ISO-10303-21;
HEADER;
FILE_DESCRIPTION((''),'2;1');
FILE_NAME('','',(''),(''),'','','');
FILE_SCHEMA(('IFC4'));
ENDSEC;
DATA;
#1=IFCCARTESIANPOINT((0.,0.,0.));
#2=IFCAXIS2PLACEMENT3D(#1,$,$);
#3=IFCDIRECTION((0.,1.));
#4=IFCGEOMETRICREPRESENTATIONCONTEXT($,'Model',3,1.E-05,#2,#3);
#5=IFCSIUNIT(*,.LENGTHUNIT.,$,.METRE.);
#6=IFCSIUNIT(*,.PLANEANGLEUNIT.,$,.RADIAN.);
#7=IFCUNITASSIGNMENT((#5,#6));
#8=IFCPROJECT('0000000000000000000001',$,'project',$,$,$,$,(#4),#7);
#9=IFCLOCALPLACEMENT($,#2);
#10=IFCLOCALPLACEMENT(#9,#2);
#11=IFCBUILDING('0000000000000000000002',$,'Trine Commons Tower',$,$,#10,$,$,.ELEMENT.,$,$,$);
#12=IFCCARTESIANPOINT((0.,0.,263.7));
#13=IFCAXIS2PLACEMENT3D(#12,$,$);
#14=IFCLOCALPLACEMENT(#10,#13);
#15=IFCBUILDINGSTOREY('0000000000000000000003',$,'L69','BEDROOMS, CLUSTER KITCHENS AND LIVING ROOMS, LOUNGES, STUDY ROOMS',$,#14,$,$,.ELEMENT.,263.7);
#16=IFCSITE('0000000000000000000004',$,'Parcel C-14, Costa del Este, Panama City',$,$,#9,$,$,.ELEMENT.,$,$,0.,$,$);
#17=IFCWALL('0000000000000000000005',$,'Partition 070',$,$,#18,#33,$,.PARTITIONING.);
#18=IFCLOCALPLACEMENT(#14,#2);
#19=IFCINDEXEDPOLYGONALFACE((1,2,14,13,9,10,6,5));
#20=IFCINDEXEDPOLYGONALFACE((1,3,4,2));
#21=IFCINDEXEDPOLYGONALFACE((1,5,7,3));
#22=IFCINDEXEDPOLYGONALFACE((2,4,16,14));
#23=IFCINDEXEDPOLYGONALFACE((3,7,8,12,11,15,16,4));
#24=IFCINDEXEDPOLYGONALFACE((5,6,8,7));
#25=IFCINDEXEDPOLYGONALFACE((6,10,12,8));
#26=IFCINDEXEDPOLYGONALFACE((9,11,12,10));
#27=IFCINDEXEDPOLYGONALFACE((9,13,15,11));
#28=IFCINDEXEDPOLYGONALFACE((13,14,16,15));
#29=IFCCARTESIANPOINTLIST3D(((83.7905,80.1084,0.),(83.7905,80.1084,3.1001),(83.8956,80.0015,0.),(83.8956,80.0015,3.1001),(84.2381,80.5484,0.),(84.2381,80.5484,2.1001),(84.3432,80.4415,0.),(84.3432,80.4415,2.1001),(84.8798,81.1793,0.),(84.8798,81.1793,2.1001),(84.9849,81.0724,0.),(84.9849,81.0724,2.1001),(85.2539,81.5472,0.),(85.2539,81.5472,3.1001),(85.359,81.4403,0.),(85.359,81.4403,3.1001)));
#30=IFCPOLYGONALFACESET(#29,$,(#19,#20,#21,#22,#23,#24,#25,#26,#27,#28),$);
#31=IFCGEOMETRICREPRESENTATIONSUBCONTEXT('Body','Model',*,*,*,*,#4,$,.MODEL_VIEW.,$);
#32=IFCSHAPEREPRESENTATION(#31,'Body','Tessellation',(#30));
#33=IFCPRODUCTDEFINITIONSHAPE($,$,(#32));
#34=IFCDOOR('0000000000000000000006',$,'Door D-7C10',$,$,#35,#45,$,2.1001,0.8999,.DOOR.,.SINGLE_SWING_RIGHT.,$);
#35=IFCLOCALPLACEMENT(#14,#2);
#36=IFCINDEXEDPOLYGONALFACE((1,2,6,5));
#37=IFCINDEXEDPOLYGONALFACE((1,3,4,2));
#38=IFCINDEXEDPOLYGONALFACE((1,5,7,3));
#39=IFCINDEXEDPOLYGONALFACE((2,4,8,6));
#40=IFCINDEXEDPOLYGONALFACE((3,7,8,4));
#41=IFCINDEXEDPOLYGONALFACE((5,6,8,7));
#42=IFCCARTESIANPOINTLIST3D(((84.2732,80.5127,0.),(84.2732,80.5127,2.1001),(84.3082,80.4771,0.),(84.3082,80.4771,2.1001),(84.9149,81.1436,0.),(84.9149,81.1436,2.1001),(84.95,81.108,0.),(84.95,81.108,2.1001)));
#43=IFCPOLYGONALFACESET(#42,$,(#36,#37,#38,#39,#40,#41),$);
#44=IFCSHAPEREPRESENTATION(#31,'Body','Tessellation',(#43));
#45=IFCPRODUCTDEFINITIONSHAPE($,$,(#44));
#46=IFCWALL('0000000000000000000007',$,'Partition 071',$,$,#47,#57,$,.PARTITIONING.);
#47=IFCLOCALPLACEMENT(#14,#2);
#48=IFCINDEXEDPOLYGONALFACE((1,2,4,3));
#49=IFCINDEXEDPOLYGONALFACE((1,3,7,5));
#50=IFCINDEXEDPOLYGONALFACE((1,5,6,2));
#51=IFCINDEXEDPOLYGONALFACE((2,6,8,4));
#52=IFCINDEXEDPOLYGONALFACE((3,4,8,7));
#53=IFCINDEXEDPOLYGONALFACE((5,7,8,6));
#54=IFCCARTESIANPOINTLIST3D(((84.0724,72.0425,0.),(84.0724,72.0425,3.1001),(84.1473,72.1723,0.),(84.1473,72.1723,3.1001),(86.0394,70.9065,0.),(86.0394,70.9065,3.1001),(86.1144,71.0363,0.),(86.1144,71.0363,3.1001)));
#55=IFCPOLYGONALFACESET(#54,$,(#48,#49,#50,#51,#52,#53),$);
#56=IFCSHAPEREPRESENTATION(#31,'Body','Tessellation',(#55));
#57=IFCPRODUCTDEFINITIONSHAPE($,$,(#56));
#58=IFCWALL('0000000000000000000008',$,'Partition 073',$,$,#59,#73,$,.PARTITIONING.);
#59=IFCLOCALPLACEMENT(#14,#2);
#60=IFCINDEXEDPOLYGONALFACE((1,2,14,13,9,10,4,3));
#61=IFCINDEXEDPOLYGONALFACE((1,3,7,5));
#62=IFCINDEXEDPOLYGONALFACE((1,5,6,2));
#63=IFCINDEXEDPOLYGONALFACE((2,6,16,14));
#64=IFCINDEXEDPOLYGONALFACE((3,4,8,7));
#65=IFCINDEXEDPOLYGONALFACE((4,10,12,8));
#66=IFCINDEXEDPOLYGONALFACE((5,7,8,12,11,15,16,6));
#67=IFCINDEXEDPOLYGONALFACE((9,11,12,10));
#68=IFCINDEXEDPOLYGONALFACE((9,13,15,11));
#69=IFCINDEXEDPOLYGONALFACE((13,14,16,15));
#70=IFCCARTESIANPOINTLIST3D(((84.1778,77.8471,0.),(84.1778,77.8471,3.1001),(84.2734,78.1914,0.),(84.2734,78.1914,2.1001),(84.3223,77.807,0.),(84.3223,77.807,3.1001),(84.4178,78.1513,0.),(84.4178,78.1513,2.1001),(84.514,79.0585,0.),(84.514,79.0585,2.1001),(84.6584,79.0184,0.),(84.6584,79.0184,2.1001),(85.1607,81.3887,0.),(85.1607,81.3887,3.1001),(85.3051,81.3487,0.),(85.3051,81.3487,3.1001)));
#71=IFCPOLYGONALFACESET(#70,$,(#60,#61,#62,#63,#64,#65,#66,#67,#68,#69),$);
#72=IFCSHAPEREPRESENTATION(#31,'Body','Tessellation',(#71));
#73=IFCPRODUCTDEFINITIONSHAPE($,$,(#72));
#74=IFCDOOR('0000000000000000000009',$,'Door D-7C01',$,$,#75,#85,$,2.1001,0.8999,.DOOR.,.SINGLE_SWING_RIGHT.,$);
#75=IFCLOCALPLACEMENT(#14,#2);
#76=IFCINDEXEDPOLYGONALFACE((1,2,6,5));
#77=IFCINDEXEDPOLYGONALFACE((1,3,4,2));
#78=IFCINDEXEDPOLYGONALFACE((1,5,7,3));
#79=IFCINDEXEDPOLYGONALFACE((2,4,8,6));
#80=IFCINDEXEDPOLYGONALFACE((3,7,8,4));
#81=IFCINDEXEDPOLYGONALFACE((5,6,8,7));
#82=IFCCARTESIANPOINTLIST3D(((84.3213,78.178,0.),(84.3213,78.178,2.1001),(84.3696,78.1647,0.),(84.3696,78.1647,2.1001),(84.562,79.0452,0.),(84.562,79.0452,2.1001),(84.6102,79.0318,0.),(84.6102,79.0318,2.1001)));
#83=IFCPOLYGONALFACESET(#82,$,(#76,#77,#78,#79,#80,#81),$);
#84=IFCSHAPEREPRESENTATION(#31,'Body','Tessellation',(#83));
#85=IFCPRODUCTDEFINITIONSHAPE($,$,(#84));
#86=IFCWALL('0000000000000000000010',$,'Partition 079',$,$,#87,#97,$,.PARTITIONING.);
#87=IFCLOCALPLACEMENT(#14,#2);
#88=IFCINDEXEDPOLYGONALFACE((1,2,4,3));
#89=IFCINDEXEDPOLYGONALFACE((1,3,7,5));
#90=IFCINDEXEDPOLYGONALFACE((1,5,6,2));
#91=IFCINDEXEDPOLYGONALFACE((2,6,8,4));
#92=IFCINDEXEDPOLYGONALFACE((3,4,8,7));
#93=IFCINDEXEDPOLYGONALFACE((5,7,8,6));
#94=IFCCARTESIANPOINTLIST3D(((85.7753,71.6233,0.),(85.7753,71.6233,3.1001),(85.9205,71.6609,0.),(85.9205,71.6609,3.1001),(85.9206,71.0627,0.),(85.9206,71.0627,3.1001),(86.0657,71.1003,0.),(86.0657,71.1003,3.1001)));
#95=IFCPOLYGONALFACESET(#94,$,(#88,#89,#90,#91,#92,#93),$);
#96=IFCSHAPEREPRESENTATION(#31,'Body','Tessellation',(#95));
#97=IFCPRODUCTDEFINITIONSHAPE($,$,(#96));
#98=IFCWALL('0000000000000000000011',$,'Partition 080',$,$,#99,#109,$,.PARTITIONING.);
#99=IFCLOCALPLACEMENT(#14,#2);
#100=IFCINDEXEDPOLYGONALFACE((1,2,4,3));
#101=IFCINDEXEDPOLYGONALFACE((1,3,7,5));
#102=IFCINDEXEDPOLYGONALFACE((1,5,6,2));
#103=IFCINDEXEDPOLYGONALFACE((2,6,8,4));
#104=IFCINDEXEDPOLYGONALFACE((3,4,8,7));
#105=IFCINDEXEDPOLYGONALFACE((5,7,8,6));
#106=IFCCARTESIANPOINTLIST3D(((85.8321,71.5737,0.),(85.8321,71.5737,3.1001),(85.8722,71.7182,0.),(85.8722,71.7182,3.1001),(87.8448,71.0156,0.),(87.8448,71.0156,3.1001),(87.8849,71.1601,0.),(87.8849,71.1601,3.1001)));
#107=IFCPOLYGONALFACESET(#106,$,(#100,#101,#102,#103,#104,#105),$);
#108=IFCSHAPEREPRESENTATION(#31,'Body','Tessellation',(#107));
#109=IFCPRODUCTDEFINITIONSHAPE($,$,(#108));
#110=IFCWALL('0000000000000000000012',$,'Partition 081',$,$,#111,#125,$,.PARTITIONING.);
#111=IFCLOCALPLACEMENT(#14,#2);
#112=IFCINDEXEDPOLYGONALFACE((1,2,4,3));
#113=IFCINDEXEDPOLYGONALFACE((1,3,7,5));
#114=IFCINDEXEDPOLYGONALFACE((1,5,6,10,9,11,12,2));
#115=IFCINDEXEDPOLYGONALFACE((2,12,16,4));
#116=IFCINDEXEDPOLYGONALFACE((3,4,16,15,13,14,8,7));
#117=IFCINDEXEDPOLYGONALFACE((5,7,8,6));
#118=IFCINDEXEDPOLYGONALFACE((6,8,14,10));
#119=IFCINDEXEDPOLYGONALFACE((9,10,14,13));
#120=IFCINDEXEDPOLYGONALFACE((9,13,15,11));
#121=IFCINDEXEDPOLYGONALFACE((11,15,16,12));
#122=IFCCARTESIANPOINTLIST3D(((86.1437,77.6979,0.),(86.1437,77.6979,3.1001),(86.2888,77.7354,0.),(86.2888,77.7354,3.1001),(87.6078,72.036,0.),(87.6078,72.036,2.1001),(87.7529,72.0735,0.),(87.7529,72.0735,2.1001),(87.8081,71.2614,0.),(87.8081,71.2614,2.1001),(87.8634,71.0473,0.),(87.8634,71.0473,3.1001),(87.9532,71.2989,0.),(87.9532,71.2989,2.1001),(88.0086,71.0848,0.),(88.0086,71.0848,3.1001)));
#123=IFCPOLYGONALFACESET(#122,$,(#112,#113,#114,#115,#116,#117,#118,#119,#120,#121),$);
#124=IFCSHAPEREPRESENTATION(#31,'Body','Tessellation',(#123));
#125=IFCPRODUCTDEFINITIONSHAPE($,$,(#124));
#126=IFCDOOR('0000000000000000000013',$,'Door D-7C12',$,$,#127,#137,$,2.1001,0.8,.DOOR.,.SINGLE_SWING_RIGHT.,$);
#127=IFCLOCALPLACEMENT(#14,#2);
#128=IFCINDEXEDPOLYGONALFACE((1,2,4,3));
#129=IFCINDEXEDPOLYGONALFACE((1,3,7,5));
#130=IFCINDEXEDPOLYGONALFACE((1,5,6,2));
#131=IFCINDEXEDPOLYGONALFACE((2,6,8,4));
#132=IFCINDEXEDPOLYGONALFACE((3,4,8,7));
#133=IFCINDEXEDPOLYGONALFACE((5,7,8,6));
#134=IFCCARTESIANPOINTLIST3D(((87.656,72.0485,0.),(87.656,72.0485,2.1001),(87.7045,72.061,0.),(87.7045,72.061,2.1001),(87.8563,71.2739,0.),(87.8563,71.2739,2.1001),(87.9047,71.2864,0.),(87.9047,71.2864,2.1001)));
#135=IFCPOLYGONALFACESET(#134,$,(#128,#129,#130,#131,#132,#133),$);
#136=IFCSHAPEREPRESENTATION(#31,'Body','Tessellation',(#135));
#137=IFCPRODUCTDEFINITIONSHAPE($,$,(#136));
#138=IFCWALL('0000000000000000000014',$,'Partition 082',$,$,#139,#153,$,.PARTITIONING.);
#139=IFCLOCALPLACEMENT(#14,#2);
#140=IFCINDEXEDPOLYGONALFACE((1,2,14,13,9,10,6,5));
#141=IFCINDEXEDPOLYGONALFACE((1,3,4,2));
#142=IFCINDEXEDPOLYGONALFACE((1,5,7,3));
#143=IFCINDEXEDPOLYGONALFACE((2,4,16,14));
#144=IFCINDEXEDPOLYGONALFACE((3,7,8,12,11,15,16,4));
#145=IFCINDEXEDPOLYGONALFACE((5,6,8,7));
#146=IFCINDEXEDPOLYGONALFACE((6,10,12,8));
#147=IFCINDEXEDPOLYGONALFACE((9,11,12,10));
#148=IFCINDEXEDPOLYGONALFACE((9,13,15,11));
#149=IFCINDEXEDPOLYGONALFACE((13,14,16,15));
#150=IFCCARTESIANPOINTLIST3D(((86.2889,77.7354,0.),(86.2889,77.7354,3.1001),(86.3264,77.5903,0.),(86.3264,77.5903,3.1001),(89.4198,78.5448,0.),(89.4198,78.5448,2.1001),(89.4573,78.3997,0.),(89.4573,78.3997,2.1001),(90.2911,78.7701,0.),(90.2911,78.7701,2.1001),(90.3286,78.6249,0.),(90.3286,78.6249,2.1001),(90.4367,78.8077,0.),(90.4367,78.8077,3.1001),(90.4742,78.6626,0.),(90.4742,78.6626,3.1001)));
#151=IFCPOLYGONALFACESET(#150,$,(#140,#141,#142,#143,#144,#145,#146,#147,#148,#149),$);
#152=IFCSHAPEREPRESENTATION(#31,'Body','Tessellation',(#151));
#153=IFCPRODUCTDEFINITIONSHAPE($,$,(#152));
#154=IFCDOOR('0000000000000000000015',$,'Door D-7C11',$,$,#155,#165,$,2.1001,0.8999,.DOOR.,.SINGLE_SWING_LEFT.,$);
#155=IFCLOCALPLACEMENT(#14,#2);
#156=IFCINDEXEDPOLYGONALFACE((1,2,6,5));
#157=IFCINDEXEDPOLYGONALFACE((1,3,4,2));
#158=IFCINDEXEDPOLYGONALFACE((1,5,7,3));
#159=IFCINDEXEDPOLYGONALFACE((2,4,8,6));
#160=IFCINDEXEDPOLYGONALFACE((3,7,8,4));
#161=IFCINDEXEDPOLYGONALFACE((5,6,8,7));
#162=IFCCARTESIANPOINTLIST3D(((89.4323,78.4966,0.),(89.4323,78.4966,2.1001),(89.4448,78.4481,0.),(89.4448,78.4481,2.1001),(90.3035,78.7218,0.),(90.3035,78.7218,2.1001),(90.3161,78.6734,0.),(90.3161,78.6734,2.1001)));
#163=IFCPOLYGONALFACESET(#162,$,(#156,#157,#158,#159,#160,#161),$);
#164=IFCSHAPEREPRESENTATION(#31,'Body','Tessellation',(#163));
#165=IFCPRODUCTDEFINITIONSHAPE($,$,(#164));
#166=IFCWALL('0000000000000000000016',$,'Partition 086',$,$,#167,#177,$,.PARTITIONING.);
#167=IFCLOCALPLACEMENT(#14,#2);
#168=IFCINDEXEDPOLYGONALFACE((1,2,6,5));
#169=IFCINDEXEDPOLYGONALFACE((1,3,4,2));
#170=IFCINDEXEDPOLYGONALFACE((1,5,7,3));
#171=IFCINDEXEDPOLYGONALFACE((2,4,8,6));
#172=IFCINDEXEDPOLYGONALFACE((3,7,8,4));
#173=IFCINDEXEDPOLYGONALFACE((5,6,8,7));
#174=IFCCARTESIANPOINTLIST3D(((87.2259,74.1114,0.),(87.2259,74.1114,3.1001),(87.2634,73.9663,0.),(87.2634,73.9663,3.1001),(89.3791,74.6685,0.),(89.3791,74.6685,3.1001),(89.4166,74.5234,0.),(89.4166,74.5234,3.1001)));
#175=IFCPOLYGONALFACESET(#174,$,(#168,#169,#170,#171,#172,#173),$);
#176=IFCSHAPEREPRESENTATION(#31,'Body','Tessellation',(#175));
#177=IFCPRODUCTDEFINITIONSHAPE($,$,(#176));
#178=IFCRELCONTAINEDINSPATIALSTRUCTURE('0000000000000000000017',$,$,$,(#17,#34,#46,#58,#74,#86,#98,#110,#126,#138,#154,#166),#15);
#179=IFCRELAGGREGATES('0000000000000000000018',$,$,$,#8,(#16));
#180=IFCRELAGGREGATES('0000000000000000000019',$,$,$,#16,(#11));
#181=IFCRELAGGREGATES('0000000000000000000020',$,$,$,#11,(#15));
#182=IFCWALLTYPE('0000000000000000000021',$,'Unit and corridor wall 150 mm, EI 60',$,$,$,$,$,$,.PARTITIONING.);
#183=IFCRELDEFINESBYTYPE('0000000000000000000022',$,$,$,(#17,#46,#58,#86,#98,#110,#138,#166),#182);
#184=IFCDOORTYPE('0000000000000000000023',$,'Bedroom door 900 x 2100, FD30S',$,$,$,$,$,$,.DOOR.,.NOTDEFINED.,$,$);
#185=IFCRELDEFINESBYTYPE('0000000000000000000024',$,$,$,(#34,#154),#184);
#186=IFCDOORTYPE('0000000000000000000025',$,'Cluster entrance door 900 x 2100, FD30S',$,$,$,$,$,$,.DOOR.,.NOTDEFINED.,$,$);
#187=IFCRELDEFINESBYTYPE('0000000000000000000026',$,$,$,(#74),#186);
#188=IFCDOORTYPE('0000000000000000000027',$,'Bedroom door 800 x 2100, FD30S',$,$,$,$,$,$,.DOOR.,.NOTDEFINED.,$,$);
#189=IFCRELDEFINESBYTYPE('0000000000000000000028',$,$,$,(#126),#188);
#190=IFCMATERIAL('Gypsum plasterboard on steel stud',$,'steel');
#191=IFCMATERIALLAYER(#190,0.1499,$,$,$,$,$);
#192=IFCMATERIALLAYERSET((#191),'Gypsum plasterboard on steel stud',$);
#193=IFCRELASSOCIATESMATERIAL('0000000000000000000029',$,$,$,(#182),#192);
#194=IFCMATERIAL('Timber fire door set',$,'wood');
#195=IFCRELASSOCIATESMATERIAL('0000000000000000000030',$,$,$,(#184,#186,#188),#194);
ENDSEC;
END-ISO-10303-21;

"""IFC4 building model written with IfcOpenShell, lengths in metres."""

from ifc_helpers import new_model, si_unit, direction, frame, frame_2d, origin, place, context, subcontext, project, spatial, rectangle, extrude, material, layer, layer_set, type_object, element, fill, save


model = new_model("IFC4")

# Units and contexts
model_context = context("Model", 3, precision=1e-05, world=origin(), true_north=direction((0.0, 1.0)))
body_context = subcontext(model_context, "Body", "Model", "MODEL_VIEW")
ifc_project = project(units=[si_unit("LENGTHUNIT", "METRE"), si_unit("PLANEANGLEUNIT", "RADIAN")], contexts=[model_context])

# Site, building, storey
site_placement = place(None, origin())
site = spatial("IfcSite", under=ifc_project, at=site_placement, Name="Parcel C-14, Costa del Este, Panama City", CompositionType="ELEMENT", RefElevation=0.0)
building_placement = place(site_placement, origin())
building = spatial("IfcBuilding", under=site, at=building_placement, Name="Trine Commons Tower", CompositionType="ELEMENT")
storey_placement = place(building_placement, frame((0.0, 0.0, 263.7)))
storey = spatial("IfcBuildingStorey", under=building, at=storey_placement, Name="L69", Description="BEDROOMS, CLUSTER KITCHENS AND LIVING ROOMS, LOUNGES, STUDY ROOMS", CompositionType="ELEMENT", Elevation=263.7)

# Shared definitions
ifc_material_1 = material(Name="Gypsum plasterboard on steel stud", Category="steel")
ifc_layer_1 = layer(ifc_material_1, 0.1499)
ifc_layer_set_1 = layer_set([ifc_layer_1], Name="Gypsum plasterboard on steel stud")
wall_type_1 = type_object("IfcWallType", Name="Unit and corridor wall 150 mm, EI 60", PredefinedType="PARTITIONING", material=ifc_layer_set_1)

# Wall, opening, door
wall_1_placement = place(storey_placement, frame((83.843, 80.0549, 0.0), z_axis=(0.0, 0.0, 1.0), x_axis=(0.713089, 0.701073, 0.0)))
wall_1 = element("IfcWall", 1, at=wall_1_placement, inside=storey, type_object=wall_type_1, Name="Partition 070", PredefinedType="PARTITIONING", context=body_context, shape_type="SweptSolid", body=[
    extrude(rectangle(XDim=2.0522, YDim=0.1499, at=frame_2d((1.0261, 0.0))), origin(), (0.0, 0.0, 1.0), 3.1001),
])
opening_1_placement = place(wall_1_placement, frame((0.6277, 0.0, 0.0)))
opening_1 = element("IfcOpeningElement", 2, at=opening_1_placement, cuts=wall_1, PredefinedType="OPENING", context=body_context, shape_type="SweptSolid", body=[
    extrude(rectangle(XDim=0.8999, YDim=2.1001, at=frame_2d((0.45, 1.05))), frame((0.0, 0.085, 0.0), z_axis=(0.0, -1.0, 0.0), x_axis=(1.0, 0.0, 0.0)), (0.0, 0.0, 1.0), 0.1699),
])
ifc_material_2 = material(Name="Timber fire door set", Category="wood")
door_type_1 = type_object("IfcDoorType", Name="Bedroom door 900 x 2100, FD30S", OperationType="NOTDEFINED", PredefinedType="DOOR", material=ifc_material_2)
door_1_placement = place(opening_1_placement, origin())
door_1 = element("IfcDoor", 3, at=door_1_placement, inside=storey, type_object=door_type_1, Name="Door D-7C10", OperationType="SINGLE_SWING_RIGHT", OverallHeight=2.1001, OverallWidth=0.8999, PredefinedType="DOOR", context=body_context, shape_type="SweptSolid", body=[
    extrude(rectangle(XDim=0.8999, YDim=2.1001, at=frame_2d((0.45, 1.05))), frame((0.0, 0.0249, 0.0), z_axis=(0.0, -1.0, 0.0), x_axis=(1.0, 0.0, 0.0)), (0.0, 0.0, 1.0), 0.05),
])
fill(opening_1, door_1)

# Wall
wall_2_placement = place(storey_placement, frame((84.1099, 72.1074, 0.0), z_axis=(0.0, 0.0, 1.0), x_axis=(0.865965, -0.500104, 0.0)))
element("IfcWall", 4, at=wall_2_placement, inside=storey, type_object=wall_type_1, Name="Partition 071", PredefinedType="PARTITIONING", context=body_context, shape_type="SweptSolid", body=[
    extrude(rectangle(XDim=2.2715, YDim=0.1499, at=frame_2d((1.1357, 0.0))), origin(), (0.0, 0.0, 1.0), 3.1001),
])

# Wall, opening, door
wall_3_placement = place(storey_placement, frame((84.25, 77.8269, 0.0), z_axis=(0.0, 0.0, 1.0), x_axis=(0.267414, 0.963582, 0.0)))
wall_3 = element("IfcWall", 5, at=wall_3_placement, inside=storey, type_object=wall_type_1, Name="Partition 073", PredefinedType="PARTITIONING", context=body_context, shape_type="SweptSolid", body=[
    extrude(rectangle(XDim=3.6755, YDim=0.1499, at=frame_2d((1.8379, 0.0))), origin(), (0.0, 0.0, 1.0), 3.1001),
])
opening_2_placement = place(wall_3_placement, frame((0.3574, 0.0, 0.0)))
opening_2 = element("IfcOpeningElement", 6, at=opening_2_placement, cuts=wall_3, PredefinedType="OPENING", context=body_context, shape_type="SweptSolid", body=[
    extrude(rectangle(XDim=0.8999, YDim=2.1001, at=frame_2d((0.45, 1.05))), frame((0.0, 0.085, 0.0), z_axis=(0.0, -1.0, 0.0), x_axis=(1.0, 0.0, 0.0)), (0.0, 0.0, 1.0), 0.1699),
])
door_type_2 = type_object("IfcDoorType", Name="Cluster entrance door 900 x 2100, FD30S", OperationType="NOTDEFINED", PredefinedType="DOOR", material=ifc_material_2)
door_2_placement = place(opening_2_placement, frame((0.8999, 0.0, 0.0), z_axis=(0.0, 0.0, 1.0), x_axis=(-1.0, 0.0, 0.0)))
door_2 = element("IfcDoor", 7, at=door_2_placement, inside=storey, type_object=door_type_2, Name="Door D-7C01", OperationType="SINGLE_SWING_RIGHT", OverallHeight=2.1001, OverallWidth=0.8999, PredefinedType="DOOR", context=body_context, shape_type="SweptSolid", body=[
    extrude(rectangle(XDim=0.8999, YDim=2.1001, at=frame_2d((0.45, 1.05))), frame((0.0, 0.0249, 0.0), z_axis=(0.0, -1.0, 0.0), x_axis=(1.0, 0.0, 0.0)), (0.0, 0.0, 1.0), 0.05),
])
fill(opening_2, door_2)

# Walls
wall_4_placement = place(storey_placement, frame((85.8479, 71.6421, 0.0), z_axis=(0.0, 0.0, 1.0), x_axis=(0.25086, -0.968023, 0.0)))
element("IfcWall", 8, at=wall_4_placement, inside=storey, type_object=wall_type_1, Name="Partition 079", PredefinedType="PARTITIONING", context=body_context, shape_type="SweptSolid", body=[
    extrude(rectangle(XDim=0.5791, YDim=0.1499, at=frame_2d((0.2896, 0.0))), origin(), (0.0, 0.0, 1.0), 3.1001),
])
wall_5_placement = place(storey_placement, frame((85.8521, 71.646, 0.0), z_axis=(0.0, 0.0, 1.0), x_axis=(0.963638, -0.26721, 0.0)))
element("IfcWall", 9, at=wall_5_placement, inside=storey, type_object=wall_type_1, Name="Partition 080", PredefinedType="PARTITIONING", context=body_context, shape_type="SweptSolid", body=[
    extrude(rectangle(XDim=2.0886, YDim=0.1499, at=frame_2d((1.0444, 0.0))), origin(), (0.0, 0.0, 1.0), 3.1001),
])

# Walls, openings, doors
wall_6_placement = place(storey_placement, frame((86.2163, 77.7166, 0.0), z_axis=(0.0, 0.0, 1.0), x_axis=(0.250347, -0.968156, 0.0)))
wall_6 = element("IfcWall", 10, at=wall_6_placement, inside=storey, type_object=wall_type_1, Name="Partition 081", PredefinedType="PARTITIONING", context=body_context, shape_type="SweptSolid", body=[
    extrude(rectangle(XDim=6.8694, YDim=0.1499, at=frame_2d((3.4346, 0.0))), origin(), (0.0, 0.0, 1.0), 3.1001),
])
opening_3_placement = place(wall_6_placement, frame((5.8481, 0.0, 0.0)))
opening_3 = element("IfcOpeningElement", 11, at=opening_3_placement, cuts=wall_6, PredefinedType="OPENING", context=body_context, shape_type="SweptSolid", body=[
    extrude(rectangle(XDim=0.8, YDim=2.1001, at=frame_2d((0.3999, 1.05))), frame((0.0, 0.085, 0.0), z_axis=(0.0, -1.0, 0.0), x_axis=(1.0, 0.0, 0.0)), (0.0, 0.0, 1.0), 0.1699),
])
door_type_3 = type_object("IfcDoorType", Name="Bedroom door 800 x 2100, FD30S", OperationType="NOTDEFINED", PredefinedType="DOOR", material=ifc_material_2)
door_3_placement = place(opening_3_placement, origin())
door_3 = element("IfcDoor", 12, at=door_3_placement, inside=storey, type_object=door_type_3, Name="Door D-7C12", OperationType="SINGLE_SWING_RIGHT", OverallHeight=2.1001, OverallWidth=0.8, PredefinedType="DOOR", context=body_context, shape_type="SweptSolid", body=[
    extrude(rectangle(XDim=0.8, YDim=2.1001, at=frame_2d((0.3999, 1.05))), frame((0.0, 0.0249, 0.0), z_axis=(0.0, -1.0, 0.0), x_axis=(1.0, 0.0, 0.0)), (0.0, 0.0, 1.0), 0.05),
])
fill(opening_3, door_3)
wall_7_placement = place(storey_placement, frame((86.3076, 77.6628, 0.0), z_axis=(0.0, 0.0, 1.0), x_axis=(0.96817, 0.250292, 0.0)))
wall_7 = element("IfcWall", 13, at=wall_7_placement, inside=storey, type_object=wall_type_1, Name="Partition 082", PredefinedType="PARTITIONING", context=body_context, shape_type="SweptSolid", body=[
    extrude(rectangle(XDim=4.2842, YDim=0.1499, at=frame_2d((2.1421, 0.0))), origin(), (0.0, 0.0, 1.0), 3.1001),
])
opening_4_placement = place(wall_7_placement, frame((3.2339, 0.0, 0.0)))
opening_4 = element("IfcOpeningElement", 14, at=opening_4_placement, cuts=wall_7, PredefinedType="OPENING", context=body_context, shape_type="SweptSolid", body=[
    extrude(rectangle(XDim=0.8999, YDim=2.1001, at=frame_2d((0.45, 1.05))), frame((0.0, 0.085, 0.0), z_axis=(0.0, -1.0, 0.0), x_axis=(1.0, 0.0, 0.0)), (0.0, 0.0, 1.0), 0.1699),
])
door_4_placement = place(opening_4_placement, frame((0.8999, 0.0, 0.0), z_axis=(0.0, 0.0, 1.0), x_axis=(-1.0, 0.0, 0.0)))
door_4 = element("IfcDoor", 15, at=door_4_placement, inside=storey, type_object=door_type_1, Name="Door D-7C11", OperationType="SINGLE_SWING_LEFT", OverallHeight=2.1001, OverallWidth=0.8999, PredefinedType="DOOR", context=body_context, shape_type="SweptSolid", body=[
    extrude(rectangle(XDim=0.8999, YDim=2.1001, at=frame_2d((0.45, 1.05))), frame((0.0, 0.0249, 0.0), z_axis=(0.0, -1.0, 0.0), x_axis=(1.0, 0.0, 0.0)), (0.0, 0.0, 1.0), 0.05),
])
fill(opening_4, door_4)

# Wall
wall_8_placement = place(storey_placement, frame((87.2446, 74.0388, 0.0), z_axis=(0.0, 0.0, 1.0), x_axis=(0.968121, 0.250482, 0.0)))
element("IfcWall", 16, at=wall_8_placement, inside=storey, type_object=wall_type_1, Name="Partition 086", PredefinedType="PARTITIONING", context=body_context, shape_type="SweptSolid", body=[
    extrude(rectangle(XDim=2.2241, YDim=0.1499, at=frame_2d((1.1121, 0.0))), origin(), (0.0, 0.0, 1.0), 3.1001),
])

save(model, "model.ifc")
